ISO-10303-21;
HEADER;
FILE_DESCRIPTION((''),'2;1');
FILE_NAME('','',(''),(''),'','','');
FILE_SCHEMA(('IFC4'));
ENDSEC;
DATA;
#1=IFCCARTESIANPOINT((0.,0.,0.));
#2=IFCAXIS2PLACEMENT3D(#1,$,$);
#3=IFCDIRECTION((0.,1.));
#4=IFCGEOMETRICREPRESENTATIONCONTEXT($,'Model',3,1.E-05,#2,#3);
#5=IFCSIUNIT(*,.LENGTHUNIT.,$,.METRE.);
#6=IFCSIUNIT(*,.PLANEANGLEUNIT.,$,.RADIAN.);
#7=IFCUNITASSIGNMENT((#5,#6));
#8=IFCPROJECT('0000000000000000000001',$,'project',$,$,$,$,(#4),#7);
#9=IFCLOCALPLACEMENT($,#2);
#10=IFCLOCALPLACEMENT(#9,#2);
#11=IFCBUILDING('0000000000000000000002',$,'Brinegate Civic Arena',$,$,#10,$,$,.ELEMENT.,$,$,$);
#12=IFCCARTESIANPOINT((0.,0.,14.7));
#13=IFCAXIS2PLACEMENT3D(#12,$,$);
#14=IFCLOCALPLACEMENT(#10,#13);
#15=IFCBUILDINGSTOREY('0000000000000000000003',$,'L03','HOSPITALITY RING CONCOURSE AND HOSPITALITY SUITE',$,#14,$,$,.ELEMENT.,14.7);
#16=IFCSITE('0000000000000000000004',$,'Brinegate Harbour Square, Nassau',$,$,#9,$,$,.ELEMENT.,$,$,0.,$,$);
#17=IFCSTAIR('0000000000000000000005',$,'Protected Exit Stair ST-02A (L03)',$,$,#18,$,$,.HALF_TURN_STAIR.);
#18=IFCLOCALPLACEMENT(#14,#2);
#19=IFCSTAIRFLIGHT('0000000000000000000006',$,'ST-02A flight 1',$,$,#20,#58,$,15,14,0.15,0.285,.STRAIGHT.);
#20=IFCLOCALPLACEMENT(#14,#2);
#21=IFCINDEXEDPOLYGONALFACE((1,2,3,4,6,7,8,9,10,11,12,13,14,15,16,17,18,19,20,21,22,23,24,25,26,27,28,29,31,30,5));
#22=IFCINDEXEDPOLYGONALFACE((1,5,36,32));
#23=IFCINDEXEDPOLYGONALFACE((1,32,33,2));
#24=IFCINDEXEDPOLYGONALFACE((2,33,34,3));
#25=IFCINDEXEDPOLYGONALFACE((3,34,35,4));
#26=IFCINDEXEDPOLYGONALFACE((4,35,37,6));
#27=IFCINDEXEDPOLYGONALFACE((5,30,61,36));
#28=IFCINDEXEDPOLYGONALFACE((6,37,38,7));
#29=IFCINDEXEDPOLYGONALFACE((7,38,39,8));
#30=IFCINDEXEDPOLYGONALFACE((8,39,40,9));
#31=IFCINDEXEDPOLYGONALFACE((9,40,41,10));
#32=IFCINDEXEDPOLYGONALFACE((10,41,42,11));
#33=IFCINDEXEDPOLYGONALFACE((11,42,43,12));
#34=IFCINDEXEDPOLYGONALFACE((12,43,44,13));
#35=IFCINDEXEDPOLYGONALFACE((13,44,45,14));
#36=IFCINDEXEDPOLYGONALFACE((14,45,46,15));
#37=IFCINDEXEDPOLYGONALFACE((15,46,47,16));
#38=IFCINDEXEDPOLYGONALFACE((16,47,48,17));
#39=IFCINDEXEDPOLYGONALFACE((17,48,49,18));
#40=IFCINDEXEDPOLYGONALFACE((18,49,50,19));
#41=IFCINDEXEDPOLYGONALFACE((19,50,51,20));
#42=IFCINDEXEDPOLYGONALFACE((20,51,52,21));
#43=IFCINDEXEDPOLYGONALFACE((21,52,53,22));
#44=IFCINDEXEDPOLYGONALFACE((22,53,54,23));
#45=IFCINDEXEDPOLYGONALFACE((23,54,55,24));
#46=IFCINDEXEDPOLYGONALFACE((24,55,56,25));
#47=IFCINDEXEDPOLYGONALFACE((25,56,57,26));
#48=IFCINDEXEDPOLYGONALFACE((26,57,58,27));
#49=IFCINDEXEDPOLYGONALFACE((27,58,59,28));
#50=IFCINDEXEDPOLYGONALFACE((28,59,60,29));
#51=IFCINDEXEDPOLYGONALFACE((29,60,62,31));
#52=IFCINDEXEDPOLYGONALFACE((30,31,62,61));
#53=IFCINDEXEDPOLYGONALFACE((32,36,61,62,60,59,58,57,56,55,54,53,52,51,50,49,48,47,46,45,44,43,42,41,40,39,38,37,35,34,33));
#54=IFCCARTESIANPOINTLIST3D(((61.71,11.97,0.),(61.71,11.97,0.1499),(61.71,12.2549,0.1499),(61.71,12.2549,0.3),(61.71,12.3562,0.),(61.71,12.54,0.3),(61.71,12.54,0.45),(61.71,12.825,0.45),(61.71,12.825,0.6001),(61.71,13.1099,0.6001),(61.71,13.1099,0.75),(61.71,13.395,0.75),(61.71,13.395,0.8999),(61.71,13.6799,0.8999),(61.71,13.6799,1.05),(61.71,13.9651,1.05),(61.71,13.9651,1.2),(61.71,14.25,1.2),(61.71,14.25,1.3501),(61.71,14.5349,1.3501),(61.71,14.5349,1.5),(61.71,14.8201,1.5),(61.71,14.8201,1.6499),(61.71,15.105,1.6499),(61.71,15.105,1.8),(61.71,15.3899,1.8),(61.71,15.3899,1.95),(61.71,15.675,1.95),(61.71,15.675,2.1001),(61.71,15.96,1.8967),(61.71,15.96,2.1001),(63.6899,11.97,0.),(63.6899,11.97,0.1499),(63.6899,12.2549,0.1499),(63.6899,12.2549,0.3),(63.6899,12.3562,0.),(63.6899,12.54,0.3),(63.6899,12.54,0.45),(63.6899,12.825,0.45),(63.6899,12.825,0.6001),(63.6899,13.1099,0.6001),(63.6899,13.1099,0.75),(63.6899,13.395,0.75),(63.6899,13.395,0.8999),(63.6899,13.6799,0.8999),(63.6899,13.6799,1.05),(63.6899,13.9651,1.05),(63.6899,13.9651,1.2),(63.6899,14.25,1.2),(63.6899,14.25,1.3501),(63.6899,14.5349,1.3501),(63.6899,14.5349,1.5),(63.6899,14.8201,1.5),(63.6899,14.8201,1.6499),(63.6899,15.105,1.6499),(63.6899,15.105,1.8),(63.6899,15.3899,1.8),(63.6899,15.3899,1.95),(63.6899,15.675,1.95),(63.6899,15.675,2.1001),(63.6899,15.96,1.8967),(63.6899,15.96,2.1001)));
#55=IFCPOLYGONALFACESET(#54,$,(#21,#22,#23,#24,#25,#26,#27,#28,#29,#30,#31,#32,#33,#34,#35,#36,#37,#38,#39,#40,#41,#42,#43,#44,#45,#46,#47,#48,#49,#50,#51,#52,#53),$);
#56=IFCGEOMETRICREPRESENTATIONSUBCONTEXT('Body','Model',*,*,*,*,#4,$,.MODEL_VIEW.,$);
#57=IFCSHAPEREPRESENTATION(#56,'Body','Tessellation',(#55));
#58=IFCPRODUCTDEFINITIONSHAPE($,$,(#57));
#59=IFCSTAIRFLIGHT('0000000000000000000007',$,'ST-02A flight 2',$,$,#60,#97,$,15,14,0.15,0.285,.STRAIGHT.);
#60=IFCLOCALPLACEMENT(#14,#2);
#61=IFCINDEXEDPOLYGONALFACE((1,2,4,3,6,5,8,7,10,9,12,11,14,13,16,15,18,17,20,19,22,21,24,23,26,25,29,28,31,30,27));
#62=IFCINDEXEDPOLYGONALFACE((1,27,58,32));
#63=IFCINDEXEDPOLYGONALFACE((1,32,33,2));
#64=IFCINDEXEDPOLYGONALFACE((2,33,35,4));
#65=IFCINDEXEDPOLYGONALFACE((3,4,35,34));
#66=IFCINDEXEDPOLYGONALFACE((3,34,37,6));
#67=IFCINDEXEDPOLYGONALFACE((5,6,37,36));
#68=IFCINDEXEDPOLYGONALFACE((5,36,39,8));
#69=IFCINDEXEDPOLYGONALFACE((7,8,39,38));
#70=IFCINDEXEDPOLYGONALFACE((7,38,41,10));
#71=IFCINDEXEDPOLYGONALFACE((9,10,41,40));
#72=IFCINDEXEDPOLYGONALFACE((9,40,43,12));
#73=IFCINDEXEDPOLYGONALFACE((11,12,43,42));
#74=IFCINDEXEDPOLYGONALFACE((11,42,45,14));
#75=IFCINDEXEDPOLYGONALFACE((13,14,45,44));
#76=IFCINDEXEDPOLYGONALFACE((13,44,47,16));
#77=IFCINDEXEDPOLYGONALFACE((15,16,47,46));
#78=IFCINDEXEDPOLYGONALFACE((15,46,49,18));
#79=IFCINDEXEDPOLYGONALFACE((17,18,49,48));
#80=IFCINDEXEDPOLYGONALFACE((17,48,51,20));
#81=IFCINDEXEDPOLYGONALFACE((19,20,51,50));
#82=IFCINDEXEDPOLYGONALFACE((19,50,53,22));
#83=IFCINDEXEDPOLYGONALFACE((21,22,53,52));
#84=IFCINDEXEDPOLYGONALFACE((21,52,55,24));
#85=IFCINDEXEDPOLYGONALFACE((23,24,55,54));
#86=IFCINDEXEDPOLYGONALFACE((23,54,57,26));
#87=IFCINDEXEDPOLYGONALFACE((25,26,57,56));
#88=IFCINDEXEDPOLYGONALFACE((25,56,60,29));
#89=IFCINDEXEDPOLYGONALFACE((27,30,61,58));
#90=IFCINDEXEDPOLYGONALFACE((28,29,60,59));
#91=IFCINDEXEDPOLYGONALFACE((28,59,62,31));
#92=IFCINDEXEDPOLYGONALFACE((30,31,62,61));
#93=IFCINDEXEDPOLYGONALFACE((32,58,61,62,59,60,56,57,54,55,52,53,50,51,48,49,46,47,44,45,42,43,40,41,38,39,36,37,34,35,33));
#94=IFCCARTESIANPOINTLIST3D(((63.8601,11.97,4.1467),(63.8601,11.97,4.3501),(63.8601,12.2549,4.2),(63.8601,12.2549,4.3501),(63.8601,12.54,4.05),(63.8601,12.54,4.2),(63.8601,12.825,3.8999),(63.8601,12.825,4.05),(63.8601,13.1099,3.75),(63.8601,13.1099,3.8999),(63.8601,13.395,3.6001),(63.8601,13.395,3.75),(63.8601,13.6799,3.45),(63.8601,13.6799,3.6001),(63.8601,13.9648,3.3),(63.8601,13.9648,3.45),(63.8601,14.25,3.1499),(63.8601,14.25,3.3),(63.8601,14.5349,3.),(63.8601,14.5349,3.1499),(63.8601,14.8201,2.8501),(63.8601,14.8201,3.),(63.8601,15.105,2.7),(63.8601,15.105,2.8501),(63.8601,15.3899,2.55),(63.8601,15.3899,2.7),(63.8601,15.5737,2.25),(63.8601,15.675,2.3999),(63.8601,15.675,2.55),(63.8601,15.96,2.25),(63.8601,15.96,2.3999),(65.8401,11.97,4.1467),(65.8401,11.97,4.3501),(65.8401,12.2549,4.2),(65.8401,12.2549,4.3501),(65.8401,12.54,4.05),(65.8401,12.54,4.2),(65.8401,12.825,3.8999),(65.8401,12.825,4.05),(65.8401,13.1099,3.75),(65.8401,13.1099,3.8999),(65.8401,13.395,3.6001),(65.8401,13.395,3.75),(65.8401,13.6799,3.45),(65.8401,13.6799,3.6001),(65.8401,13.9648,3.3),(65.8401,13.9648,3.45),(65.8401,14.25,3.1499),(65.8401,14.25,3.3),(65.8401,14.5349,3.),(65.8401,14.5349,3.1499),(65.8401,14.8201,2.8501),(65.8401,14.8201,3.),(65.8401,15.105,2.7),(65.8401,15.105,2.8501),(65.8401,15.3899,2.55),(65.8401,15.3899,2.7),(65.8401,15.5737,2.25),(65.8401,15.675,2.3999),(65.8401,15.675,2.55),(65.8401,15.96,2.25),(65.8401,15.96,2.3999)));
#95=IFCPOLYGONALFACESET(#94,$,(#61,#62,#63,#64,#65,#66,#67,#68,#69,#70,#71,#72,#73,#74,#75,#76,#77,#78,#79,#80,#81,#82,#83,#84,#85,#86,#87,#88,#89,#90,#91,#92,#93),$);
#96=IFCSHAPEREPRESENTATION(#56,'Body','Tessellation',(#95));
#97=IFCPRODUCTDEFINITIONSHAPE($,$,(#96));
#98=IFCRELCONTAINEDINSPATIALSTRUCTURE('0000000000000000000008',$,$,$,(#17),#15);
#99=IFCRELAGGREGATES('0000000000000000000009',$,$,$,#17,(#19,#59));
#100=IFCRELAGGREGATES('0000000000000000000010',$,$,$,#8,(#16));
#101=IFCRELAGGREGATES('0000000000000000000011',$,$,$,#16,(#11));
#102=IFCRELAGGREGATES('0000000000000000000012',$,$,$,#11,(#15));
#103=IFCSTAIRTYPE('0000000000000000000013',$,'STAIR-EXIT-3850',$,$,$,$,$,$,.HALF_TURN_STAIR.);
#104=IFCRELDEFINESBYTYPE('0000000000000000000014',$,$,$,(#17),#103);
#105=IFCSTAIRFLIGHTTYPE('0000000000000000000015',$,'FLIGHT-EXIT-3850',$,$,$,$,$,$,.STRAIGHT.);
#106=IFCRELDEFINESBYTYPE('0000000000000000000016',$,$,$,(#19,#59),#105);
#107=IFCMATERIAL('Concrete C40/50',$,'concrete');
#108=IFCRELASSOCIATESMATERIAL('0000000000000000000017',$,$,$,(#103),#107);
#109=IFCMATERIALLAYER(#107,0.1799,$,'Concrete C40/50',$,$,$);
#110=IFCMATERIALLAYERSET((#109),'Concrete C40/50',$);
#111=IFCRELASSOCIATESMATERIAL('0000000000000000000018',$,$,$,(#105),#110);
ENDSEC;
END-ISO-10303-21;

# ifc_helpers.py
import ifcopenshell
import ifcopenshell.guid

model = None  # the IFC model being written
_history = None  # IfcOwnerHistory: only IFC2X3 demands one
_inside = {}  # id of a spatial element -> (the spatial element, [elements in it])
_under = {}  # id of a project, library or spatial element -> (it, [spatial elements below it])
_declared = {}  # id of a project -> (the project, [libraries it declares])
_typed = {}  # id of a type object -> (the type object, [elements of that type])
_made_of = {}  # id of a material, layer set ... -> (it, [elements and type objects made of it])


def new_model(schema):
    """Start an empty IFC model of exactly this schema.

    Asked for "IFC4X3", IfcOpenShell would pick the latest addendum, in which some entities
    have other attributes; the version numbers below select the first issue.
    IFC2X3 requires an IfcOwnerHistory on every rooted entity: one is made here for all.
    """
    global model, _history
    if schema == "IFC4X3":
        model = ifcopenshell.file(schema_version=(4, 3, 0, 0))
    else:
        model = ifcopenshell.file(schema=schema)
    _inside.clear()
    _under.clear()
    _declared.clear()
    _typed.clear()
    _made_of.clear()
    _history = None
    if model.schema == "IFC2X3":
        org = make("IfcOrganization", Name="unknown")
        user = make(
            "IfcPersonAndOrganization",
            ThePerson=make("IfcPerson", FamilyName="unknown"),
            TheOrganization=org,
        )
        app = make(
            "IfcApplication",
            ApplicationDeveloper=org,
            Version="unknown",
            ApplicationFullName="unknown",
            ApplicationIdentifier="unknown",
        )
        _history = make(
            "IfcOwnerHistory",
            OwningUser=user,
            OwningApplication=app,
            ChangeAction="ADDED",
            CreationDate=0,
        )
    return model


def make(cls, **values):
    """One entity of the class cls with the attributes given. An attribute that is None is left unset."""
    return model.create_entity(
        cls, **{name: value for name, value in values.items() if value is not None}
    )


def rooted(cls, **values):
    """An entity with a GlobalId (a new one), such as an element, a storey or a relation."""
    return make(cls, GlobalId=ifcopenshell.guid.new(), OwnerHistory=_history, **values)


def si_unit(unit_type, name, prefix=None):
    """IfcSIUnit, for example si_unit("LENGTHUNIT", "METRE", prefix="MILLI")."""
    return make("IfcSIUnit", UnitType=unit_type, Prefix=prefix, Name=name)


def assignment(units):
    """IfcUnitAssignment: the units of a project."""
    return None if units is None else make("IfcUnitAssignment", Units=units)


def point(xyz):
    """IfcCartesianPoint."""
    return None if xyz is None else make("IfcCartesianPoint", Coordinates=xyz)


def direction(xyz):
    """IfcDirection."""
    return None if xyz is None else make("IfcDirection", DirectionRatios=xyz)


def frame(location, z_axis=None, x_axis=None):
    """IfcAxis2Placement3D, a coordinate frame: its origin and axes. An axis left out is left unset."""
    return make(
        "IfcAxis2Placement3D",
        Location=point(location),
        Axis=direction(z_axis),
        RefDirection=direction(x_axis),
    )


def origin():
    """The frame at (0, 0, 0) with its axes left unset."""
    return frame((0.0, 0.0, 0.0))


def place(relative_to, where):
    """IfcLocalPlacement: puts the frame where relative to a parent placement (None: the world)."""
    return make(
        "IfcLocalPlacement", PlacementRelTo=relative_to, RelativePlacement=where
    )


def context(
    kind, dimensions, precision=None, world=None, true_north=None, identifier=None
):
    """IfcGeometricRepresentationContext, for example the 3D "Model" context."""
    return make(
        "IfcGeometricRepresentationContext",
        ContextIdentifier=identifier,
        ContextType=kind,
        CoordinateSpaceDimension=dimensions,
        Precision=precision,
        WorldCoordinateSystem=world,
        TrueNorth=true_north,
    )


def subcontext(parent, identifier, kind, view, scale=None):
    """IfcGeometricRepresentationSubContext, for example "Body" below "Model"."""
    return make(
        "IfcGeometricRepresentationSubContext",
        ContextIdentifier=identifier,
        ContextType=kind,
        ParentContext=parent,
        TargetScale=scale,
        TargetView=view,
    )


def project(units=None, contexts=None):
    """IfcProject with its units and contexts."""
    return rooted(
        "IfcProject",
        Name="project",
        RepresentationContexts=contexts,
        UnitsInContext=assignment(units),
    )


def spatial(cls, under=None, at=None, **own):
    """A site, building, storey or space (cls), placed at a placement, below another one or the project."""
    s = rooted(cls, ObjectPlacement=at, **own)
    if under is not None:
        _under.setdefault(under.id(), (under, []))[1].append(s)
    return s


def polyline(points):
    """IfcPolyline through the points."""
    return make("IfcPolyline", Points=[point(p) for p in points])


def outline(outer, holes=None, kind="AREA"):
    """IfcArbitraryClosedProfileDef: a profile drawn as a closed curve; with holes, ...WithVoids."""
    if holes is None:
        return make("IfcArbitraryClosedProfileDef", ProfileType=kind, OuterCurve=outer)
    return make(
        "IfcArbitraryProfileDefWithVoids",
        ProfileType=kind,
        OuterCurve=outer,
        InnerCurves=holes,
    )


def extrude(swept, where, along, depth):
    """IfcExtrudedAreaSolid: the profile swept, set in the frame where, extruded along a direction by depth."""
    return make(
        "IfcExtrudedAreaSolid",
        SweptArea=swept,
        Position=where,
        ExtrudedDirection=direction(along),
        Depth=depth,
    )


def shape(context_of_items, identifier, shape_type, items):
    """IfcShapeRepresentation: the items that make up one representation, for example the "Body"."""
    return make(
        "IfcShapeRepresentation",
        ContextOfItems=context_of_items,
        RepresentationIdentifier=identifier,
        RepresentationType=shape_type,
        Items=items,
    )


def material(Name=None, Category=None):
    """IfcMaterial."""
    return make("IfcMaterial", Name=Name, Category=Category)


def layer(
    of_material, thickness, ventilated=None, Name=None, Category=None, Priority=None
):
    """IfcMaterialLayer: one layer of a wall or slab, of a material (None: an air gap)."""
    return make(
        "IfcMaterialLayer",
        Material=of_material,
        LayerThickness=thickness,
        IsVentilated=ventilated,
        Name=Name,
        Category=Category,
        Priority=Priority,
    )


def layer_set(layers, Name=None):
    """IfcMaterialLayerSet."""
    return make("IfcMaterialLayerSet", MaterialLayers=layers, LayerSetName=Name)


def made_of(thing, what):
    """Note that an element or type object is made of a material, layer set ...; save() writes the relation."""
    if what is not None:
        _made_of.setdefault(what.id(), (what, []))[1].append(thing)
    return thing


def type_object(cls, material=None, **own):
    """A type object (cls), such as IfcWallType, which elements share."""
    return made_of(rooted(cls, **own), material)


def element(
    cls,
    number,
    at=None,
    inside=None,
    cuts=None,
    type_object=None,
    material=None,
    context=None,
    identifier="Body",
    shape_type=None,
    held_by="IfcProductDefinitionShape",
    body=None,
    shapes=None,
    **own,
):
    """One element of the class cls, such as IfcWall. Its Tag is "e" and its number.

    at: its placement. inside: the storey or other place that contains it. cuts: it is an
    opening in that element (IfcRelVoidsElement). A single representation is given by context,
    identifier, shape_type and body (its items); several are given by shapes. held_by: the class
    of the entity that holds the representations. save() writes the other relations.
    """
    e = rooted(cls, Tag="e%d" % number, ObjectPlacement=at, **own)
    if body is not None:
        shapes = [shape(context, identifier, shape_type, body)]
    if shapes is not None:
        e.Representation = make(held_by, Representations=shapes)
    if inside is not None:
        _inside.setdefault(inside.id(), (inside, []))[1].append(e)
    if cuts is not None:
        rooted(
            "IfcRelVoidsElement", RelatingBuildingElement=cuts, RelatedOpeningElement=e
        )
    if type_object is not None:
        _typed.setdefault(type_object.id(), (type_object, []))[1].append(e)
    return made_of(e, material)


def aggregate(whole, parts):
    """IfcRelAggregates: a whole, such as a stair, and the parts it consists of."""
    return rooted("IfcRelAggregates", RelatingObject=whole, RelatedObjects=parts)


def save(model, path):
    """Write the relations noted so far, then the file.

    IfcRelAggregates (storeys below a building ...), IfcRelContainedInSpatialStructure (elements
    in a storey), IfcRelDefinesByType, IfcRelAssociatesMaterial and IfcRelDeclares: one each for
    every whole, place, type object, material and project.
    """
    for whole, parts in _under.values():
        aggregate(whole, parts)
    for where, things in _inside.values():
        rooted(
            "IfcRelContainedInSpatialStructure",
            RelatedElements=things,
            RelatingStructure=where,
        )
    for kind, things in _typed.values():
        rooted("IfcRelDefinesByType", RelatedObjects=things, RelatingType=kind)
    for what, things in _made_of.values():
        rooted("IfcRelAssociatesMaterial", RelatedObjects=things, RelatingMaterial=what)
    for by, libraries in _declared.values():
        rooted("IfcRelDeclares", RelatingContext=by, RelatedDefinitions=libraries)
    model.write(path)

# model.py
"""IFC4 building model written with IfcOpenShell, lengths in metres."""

from ifc_helpers import new_model, si_unit, direction, frame, origin, place, context, subcontext, project, spatial, polyline, outline, extrude, material, layer, layer_set, type_object, element, aggregate, save


model = new_model("IFC4")

# Units and contexts
model_context = context("Model", 3, precision=1e-05, world=origin(), true_north=direction((0.0, 1.0)))
body_context = subcontext(model_context, "Body", "Model", "MODEL_VIEW")
ifc_project = project(units=[si_unit("LENGTHUNIT", "METRE"), si_unit("PLANEANGLEUNIT", "RADIAN")], contexts=[model_context])

# Site, building, storey
site_placement = place(None, origin())
site = spatial("IfcSite", under=ifc_project, at=site_placement, Name="Brinegate Harbour Square, Nassau", CompositionType="ELEMENT", RefElevation=0.0)
building_placement = place(site_placement, origin())
building = spatial("IfcBuilding", under=site, at=building_placement, Name="Brinegate Civic Arena", CompositionType="ELEMENT")
storey_placement = place(building_placement, frame((0.0, 0.0, 14.7)))
storey = spatial("IfcBuildingStorey", under=building, at=storey_placement, Name="L03", Description="HOSPITALITY RING CONCOURSE AND HOSPITALITY SUITE", CompositionType="ELEMENT", Elevation=14.7)

# Shared definitions
ifc_material_1 = material(Name="Concrete C40/50", Category="concrete")

# Stair, stair flights
stair_type = type_object("IfcStairType", Name="STAIR-EXIT-3850", PredefinedType="HALF_TURN_STAIR", material=ifc_material_1)
stair_placement = place(storey_placement, origin())
stair = element("IfcStair", 1, at=stair_placement, inside=storey, type_object=stair_type, Name="Protected Exit Stair ST-02A (L03)", PredefinedType="HALF_TURN_STAIR")
ifc_layer_1 = layer(ifc_material_1, 0.1799, Name="Concrete C40/50")
ifc_layer_set_1 = layer_set([ifc_layer_1], Name="Concrete C40/50")
stair_flight_type = type_object("IfcStairFlightType", Name="FLIGHT-EXIT-3850", PredefinedType="STRAIGHT", material=ifc_layer_set_1)
stair_flight_1_placement = place(storey_placement, frame((62.7, 11.97, 0.0), z_axis=(0.0, 0.0, 1.0), x_axis=(0.0, 1.0, 0.0)))
stair_flight_1 = element("IfcStairFlight", 2, at=stair_flight_1_placement, type_object=stair_flight_type, Name="ST-02A flight 1", NumberOfRisers=15, NumberOfTreads=14, PredefinedType="STRAIGHT", RiserHeight=0.15, TreadLength=0.285, context=body_context, shape_type="SweptSolid", body=[
    extrude(outline(polyline([(0.0, 0.0), (0.0, 0.1499), (0.2849, 0.1499), (0.2849, 0.3), (0.5701, 0.3), (0.5701, 0.45), (0.855, 0.45), (0.855, 0.6001), (1.1399, 0.6001), (1.1399, 0.75), (1.425, 0.75), (1.425, 0.8999), (1.71, 0.8999), (1.71, 1.05), (1.9951, 1.05), (1.9951, 1.2), (2.28, 1.2), (2.28, 1.3501), (2.5649, 1.3501), (2.5649, 1.5), (2.8501, 1.5), (2.8501, 1.6499), (3.135, 1.6499), (3.135, 1.8), (3.4199, 1.8), (3.4199, 1.95), (3.7051, 1.95), (3.7051, 2.1001), (3.99, 2.1001), (3.99, 2.25), (3.99, 1.8967), (0.3862, 0.0), (0.0, 0.0)])), frame((0.0, 0.99, 0.0), z_axis=(0.0, -1.0, 0.0), x_axis=(1.0, 0.0, 0.0)), (0.0, 0.0, 1.0), 1.98),
])
stair_flight_2_placement = place(storey_placement, frame((64.8501, 15.96, 2.25), z_axis=(0.0, 0.0, 1.0), x_axis=(0.0, -1.0, 0.0)))
stair_flight_2 = element("IfcStairFlight", 3, at=stair_flight_2_placement, type_object=stair_flight_type, Name="ST-02A flight 2", NumberOfRisers=15, NumberOfTreads=14, PredefinedType="STRAIGHT", RiserHeight=0.15, TreadLength=0.285, context=body_context, shape_type="SweptSolid", body=[
    extrude(outline(polyline([(0.0, 0.0), (0.0, 0.1499), (0.2849, 0.1499), (0.2849, 0.3), (0.5701, 0.3), (0.5701, 0.45), (0.855, 0.45), (0.855, 0.6001), (1.1399, 0.6001), (1.1399, 0.75), (1.425, 0.75), (1.425, 0.8999), (1.71, 0.8999), (1.71, 1.05), (1.9951, 1.05), (1.9951, 1.2), (2.28, 1.2), (2.28, 1.3501), (2.5649, 1.3501), (2.5649, 1.5), (2.8501, 1.5), (2.8501, 1.6499), (3.135, 1.6499), (3.135, 1.8), (3.4199, 1.8), (3.4199, 1.95), (3.7051, 1.95), (3.7051, 2.1001), (3.99, 2.1001), (3.99, 2.25), (3.99, 1.8967), (0.3862, 0.0), (0.0, 0.0)])), frame((0.0, 0.99, 0.0), z_axis=(0.0, -1.0, 0.0), x_axis=(1.0, 0.0, 0.0)), (0.0, 0.0, 1.0), 1.98),
])
aggregate(stair, [stair_flight_1, stair_flight_2])

save(model, "model.ifc")
